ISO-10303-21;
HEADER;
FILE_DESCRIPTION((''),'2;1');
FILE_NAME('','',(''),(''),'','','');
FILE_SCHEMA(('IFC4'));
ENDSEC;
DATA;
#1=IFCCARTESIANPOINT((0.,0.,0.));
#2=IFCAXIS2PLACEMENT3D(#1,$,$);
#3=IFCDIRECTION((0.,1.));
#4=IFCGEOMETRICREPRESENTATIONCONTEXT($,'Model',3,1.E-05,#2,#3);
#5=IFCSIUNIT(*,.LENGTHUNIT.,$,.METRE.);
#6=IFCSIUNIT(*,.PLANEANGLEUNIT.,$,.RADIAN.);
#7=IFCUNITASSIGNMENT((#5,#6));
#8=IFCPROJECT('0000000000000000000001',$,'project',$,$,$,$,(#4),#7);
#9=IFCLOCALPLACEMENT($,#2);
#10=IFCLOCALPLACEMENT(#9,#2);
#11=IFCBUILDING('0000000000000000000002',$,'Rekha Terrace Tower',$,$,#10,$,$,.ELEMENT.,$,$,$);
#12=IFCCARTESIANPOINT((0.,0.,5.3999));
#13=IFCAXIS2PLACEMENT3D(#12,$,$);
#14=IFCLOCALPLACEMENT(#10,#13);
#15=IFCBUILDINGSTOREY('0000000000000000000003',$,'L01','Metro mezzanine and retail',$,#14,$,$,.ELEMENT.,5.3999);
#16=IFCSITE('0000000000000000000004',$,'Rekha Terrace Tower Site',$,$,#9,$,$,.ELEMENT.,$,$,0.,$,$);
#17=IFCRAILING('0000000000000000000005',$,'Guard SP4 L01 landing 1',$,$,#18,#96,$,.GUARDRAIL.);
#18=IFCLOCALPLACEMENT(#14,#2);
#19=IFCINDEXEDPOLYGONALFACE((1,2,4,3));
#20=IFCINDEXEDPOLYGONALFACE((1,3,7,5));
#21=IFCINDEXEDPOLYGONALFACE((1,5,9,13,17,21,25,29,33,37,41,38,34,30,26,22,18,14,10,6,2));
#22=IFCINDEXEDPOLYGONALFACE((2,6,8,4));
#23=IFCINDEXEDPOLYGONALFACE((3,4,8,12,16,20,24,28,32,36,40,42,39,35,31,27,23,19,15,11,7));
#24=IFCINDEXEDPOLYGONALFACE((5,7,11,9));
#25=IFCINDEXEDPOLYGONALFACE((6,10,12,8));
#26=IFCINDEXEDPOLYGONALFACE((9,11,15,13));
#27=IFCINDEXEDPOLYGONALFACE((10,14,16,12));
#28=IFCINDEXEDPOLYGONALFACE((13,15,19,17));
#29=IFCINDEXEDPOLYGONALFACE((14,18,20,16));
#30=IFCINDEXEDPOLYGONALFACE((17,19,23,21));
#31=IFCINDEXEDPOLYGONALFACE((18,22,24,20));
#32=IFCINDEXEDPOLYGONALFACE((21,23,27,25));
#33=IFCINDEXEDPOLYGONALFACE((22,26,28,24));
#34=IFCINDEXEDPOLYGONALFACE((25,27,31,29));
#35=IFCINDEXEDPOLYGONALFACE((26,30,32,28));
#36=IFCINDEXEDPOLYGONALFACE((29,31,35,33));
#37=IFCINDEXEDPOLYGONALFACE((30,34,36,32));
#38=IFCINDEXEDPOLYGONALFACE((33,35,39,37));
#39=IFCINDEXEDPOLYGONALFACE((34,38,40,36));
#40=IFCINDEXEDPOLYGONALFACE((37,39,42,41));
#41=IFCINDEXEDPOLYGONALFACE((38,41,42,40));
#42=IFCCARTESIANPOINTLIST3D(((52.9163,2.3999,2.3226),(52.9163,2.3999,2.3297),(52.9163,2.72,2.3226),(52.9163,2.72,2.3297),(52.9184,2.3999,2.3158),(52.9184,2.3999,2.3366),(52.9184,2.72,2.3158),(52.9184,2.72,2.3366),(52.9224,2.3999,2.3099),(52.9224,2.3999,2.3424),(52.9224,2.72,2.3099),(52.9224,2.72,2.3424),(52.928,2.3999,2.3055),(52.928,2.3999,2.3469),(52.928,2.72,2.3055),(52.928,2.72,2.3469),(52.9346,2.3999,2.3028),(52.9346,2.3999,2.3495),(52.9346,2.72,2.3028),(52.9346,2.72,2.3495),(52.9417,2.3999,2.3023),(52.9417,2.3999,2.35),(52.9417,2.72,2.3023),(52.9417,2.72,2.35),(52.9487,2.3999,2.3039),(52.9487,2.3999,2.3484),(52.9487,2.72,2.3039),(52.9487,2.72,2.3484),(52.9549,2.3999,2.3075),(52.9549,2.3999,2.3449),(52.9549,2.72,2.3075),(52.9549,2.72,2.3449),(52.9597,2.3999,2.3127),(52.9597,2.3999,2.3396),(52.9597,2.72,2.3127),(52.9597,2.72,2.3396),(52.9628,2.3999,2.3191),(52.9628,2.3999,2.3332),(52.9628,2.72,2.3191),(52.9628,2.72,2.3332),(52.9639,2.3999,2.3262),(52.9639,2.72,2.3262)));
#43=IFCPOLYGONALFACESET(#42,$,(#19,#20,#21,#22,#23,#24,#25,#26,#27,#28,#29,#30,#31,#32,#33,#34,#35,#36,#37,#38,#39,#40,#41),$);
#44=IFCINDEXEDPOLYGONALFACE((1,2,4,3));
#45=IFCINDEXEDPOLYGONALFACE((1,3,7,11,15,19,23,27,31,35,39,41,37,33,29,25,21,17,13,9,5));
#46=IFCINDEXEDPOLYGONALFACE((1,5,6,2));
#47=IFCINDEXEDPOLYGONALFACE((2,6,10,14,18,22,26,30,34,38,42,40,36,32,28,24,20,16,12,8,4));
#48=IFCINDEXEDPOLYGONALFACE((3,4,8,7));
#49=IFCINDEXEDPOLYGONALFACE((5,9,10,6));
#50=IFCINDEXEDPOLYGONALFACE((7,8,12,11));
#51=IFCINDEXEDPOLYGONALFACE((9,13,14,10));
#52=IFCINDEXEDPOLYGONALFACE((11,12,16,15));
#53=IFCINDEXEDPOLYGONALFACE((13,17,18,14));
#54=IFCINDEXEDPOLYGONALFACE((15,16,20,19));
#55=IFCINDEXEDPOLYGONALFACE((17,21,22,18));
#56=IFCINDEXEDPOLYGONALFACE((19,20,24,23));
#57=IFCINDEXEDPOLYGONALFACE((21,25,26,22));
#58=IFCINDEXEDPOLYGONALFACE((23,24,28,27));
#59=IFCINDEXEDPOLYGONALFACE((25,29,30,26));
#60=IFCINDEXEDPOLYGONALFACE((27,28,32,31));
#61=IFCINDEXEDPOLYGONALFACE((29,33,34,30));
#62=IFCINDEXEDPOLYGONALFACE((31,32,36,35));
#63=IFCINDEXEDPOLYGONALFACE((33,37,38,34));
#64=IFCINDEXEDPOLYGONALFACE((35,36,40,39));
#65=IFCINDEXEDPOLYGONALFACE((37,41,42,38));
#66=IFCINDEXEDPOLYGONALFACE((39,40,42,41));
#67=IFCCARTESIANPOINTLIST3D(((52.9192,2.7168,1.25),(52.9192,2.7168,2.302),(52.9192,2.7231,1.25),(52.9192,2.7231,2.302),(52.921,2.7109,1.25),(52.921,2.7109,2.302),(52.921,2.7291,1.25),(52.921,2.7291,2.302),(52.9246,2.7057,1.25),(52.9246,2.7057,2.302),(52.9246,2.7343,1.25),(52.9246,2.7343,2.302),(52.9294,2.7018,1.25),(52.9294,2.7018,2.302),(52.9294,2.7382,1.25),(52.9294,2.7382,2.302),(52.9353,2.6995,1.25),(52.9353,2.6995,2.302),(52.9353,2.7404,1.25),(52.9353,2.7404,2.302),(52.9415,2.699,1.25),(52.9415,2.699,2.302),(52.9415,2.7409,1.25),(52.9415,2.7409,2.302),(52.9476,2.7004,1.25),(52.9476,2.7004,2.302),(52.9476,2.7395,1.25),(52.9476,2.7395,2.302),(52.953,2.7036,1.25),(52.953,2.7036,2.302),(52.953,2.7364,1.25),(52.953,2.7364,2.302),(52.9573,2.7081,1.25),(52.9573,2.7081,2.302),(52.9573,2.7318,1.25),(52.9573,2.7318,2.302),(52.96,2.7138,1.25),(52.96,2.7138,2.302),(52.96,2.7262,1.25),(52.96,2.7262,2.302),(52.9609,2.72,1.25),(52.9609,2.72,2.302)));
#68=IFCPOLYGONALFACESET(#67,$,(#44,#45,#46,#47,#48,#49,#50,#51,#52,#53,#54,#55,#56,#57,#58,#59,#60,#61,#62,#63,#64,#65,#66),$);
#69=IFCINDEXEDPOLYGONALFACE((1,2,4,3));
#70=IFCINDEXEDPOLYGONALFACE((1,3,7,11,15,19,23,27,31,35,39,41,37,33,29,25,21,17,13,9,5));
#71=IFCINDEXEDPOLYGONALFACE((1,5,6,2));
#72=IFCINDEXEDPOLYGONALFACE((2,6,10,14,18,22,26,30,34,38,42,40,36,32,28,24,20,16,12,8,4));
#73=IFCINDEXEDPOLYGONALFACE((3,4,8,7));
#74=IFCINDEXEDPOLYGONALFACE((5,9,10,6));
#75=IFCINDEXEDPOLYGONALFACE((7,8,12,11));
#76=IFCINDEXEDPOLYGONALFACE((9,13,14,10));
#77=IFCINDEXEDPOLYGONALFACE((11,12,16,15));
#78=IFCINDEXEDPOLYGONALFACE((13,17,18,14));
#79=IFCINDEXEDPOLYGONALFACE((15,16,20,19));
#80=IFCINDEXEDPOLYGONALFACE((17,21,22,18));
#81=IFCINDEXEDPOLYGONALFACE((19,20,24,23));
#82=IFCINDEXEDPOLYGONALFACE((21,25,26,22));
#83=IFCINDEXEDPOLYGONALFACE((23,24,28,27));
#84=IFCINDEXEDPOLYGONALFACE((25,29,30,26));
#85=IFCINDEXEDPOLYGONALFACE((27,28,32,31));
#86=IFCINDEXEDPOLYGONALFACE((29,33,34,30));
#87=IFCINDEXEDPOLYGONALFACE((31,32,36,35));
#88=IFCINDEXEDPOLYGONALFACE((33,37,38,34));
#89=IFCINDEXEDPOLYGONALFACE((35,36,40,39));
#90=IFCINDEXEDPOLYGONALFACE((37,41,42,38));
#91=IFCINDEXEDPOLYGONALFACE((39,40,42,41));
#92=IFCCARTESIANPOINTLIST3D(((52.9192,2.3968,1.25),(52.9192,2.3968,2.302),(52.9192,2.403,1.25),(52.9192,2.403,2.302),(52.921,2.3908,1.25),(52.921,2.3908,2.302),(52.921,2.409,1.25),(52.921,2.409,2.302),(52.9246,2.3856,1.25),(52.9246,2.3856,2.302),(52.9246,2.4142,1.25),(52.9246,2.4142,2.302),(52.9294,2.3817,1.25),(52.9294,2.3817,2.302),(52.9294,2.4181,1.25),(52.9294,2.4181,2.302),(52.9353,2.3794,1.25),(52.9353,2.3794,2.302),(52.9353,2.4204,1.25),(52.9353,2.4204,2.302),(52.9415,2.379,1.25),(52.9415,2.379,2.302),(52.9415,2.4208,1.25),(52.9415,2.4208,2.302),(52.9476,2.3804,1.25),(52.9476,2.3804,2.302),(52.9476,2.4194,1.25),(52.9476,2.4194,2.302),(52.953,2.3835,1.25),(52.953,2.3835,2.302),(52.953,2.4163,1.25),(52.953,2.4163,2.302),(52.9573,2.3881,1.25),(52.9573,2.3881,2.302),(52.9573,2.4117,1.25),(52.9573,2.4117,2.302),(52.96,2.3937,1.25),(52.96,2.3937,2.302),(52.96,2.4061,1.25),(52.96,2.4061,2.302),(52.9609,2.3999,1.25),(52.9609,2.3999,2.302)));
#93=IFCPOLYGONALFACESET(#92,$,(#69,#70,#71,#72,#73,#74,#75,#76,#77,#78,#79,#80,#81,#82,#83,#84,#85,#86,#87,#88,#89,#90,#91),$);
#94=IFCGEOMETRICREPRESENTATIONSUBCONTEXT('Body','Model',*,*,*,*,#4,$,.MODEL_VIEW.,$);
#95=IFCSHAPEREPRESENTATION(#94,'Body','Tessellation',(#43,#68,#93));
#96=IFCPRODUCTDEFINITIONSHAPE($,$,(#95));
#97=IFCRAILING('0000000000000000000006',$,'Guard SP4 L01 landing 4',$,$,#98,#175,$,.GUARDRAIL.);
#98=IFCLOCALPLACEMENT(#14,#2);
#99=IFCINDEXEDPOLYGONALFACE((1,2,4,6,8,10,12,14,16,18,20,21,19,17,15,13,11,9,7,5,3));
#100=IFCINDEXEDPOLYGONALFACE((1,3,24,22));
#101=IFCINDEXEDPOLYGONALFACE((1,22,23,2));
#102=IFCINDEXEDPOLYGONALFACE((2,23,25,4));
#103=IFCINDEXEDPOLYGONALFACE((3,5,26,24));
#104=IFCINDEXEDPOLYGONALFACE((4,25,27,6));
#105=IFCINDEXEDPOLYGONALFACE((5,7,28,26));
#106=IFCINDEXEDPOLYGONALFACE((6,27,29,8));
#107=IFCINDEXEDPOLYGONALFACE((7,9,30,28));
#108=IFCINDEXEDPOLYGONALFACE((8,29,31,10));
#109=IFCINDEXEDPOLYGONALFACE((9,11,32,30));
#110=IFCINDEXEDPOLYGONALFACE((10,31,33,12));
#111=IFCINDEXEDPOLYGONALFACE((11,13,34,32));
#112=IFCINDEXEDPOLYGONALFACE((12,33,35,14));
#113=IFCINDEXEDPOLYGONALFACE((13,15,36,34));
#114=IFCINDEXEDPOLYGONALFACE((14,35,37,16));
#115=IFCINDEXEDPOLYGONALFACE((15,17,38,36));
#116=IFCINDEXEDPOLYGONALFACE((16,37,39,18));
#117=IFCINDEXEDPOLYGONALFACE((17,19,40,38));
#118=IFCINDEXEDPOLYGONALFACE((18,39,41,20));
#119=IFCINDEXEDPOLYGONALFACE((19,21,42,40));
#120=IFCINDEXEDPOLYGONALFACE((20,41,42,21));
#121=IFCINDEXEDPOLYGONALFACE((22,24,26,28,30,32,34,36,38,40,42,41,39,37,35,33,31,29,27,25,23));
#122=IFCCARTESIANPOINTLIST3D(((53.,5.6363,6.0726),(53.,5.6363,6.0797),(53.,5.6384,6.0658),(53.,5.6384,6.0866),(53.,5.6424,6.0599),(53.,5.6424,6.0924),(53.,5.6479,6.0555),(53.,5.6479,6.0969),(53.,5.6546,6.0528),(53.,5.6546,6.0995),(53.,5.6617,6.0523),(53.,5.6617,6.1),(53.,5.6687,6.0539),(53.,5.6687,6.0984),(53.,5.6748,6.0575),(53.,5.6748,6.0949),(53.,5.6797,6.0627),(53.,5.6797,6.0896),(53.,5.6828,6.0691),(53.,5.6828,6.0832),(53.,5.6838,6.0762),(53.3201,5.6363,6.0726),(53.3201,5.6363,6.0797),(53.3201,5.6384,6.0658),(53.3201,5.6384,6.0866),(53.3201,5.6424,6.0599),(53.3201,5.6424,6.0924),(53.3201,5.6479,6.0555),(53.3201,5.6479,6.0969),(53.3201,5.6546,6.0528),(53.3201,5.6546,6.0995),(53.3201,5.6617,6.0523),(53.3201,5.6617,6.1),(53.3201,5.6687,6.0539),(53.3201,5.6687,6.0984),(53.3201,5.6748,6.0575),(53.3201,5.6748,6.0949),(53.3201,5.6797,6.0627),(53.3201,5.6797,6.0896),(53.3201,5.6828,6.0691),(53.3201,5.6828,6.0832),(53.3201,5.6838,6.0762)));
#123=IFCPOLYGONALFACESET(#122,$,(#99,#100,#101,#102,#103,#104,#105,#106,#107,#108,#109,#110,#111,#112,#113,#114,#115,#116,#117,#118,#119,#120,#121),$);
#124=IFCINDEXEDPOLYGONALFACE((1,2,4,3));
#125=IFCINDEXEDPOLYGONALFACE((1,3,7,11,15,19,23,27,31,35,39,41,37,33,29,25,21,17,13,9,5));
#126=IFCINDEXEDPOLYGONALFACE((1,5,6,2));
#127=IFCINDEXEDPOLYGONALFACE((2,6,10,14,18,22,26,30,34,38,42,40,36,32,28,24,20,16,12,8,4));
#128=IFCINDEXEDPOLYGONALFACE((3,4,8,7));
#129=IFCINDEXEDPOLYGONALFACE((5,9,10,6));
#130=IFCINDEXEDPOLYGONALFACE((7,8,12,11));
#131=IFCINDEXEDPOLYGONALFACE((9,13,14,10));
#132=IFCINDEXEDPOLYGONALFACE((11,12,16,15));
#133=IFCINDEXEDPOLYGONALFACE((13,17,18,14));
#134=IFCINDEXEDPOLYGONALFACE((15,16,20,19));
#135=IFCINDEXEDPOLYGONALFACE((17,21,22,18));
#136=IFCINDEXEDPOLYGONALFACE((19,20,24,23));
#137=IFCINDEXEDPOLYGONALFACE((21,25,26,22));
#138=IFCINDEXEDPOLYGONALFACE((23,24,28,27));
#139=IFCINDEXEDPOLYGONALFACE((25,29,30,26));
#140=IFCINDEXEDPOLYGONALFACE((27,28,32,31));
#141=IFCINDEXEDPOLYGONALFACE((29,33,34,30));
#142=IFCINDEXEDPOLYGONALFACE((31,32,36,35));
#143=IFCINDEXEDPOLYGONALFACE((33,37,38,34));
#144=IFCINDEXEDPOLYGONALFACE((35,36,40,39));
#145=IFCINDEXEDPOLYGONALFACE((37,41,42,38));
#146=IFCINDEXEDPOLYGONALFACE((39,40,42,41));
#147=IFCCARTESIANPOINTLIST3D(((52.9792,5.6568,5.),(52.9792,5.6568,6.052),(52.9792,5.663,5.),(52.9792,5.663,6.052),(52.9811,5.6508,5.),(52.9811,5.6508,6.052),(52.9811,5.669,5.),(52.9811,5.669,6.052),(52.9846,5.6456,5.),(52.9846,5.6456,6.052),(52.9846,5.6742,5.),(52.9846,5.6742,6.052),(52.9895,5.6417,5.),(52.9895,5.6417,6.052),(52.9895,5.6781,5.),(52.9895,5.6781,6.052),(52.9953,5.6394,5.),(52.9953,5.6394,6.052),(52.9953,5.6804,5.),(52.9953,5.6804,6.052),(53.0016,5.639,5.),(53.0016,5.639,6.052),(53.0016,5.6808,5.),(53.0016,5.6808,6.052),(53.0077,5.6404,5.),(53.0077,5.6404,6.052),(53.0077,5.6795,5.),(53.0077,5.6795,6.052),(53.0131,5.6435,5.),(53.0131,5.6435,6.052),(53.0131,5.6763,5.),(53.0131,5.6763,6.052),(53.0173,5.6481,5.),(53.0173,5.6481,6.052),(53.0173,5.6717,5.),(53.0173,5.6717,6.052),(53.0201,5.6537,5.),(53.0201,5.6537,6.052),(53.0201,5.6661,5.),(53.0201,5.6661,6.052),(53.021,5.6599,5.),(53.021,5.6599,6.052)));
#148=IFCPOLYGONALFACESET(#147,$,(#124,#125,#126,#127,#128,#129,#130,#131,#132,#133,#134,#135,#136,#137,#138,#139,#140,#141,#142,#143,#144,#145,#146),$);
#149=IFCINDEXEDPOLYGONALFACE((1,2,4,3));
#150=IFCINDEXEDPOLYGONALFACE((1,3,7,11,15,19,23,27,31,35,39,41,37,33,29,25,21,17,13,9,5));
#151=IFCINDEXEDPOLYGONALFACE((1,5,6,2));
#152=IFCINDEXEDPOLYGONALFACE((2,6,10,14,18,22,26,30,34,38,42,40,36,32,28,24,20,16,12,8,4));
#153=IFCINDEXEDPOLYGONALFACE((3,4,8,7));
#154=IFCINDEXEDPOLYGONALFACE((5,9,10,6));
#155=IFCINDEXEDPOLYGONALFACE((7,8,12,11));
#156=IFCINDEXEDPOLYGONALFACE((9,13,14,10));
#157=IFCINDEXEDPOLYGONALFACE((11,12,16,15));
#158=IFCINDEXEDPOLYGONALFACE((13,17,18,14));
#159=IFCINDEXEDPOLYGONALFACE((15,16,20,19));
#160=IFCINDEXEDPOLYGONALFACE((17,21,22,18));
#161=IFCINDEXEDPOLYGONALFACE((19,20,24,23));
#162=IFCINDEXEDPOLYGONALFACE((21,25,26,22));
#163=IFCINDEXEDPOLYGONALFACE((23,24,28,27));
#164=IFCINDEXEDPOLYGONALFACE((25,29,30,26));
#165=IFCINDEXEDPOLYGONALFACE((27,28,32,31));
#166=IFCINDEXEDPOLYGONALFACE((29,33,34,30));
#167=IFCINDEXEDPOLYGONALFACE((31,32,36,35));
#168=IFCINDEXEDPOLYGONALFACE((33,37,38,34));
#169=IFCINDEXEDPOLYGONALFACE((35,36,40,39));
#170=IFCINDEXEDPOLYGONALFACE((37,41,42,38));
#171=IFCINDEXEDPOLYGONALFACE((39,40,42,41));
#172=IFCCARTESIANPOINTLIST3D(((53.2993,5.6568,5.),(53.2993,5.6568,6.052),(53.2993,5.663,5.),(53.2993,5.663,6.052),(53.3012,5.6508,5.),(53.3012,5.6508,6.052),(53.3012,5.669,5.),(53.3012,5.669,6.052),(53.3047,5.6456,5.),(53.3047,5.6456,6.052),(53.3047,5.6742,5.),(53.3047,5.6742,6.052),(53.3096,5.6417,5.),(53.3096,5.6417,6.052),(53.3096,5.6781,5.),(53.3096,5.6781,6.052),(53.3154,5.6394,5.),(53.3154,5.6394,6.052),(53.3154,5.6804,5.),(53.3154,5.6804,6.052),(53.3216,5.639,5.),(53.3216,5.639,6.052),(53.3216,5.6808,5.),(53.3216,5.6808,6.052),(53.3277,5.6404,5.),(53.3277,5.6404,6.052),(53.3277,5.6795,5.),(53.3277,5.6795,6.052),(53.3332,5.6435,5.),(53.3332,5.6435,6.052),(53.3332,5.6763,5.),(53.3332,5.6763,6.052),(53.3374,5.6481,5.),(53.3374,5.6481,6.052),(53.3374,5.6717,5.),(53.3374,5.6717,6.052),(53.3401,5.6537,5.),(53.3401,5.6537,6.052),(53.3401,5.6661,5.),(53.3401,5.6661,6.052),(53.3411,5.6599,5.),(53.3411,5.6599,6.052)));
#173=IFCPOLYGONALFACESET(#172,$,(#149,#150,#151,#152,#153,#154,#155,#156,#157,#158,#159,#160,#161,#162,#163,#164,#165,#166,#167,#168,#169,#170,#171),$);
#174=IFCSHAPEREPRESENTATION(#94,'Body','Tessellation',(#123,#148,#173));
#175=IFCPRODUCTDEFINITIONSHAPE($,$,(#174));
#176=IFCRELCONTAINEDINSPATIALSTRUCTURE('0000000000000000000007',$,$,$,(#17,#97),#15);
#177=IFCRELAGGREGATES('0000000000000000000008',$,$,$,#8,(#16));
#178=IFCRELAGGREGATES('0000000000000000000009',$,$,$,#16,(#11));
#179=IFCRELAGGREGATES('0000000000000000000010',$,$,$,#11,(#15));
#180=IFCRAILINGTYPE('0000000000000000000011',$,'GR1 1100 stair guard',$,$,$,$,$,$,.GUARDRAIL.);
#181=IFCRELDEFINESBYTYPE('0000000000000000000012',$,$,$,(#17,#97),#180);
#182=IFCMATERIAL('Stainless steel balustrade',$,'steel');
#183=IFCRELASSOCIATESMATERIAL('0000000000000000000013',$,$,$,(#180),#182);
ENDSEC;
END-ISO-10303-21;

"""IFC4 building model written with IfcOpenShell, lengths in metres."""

from ifc_helpers import new_model, si_unit, direction, frame, origin, origin_2d, place, context, subcontext, project, spatial, circle, extrude, material, type_object, element, save


model = new_model("IFC4")

# Units and contexts
model_context = context("Model", 3, precision=1e-05, world=origin(), true_north=direction((0.0, 1.0)))
body_context = subcontext(model_context, "Body", "Model", "MODEL_VIEW")
ifc_project = project(units=[si_unit("LENGTHUNIT", "METRE"), si_unit("PLANEANGLEUNIT", "RADIAN")], contexts=[model_context])

# Site, building, storey
site_placement = place(None, origin())
site = spatial("IfcSite", under=ifc_project, at=site_placement, Name="Rekha Terrace Tower Site", CompositionType="ELEMENT", RefElevation=0.0)
building_placement = place(site_placement, origin())
building = spatial("IfcBuilding", under=site, at=building_placement, Name="Rekha Terrace Tower", CompositionType="ELEMENT")
storey_placement = place(building_placement, frame((0.0, 0.0, 5.3999)))
storey = spatial("IfcBuildingStorey", under=building, at=storey_placement, Name="L01", Description="Metro mezzanine and retail", CompositionType="ELEMENT", Elevation=5.3999)

# Railings
ifc_material_1 = material(Name="Stainless steel balustrade", Category="steel")
railing_type_1 = type_object("IfcRailingType", Name="GR1 1100 stair guard", PredefinedType="GUARDRAIL", material=ifc_material_1)
railing_1_placement = place(storey_placement, frame((52.9399, 2.72, 1.25)))
element("IfcRailing", 1, at=railing_1_placement, inside=storey, type_object=railing_type_1, Name="Guard SP4 L01 landing 1", PredefinedType="GUARDRAIL", context=body_context, shape_type="SweptSolid", body=[
    extrude(circle(Radius=0.0239, at=origin_2d()), frame((0.0, 0.0, 1.0762), z_axis=(0.0, -1.0, 0.0), x_axis=(1.0, 0.0, 0.0)), (0.0, 0.0, 1.0), 0.3201),
    extrude(circle(Radius=0.021, at=origin_2d()), origin(), (0.0, 0.0, 1.0), 1.052),
    extrude(circle(Radius=0.021, at=origin_2d()), frame((0.0, -0.3201, 0.0)), (0.0, 0.0, 1.0), 1.052),
])
railing_2_placement = place(storey_placement, frame((53.0, 5.6599, 5.0)))
element("IfcRailing", 2, at=railing_2_placement, inside=storey, type_object=railing_type_1, Name="Guard SP4 L01 landing 4", PredefinedType="GUARDRAIL", context=body_context, shape_type="SweptSolid", body=[
    extrude(circle(Radius=0.0239, at=origin_2d()), frame((0.0, 0.0, 1.0762), z_axis=(1.0, 0.0, 0.0), x_axis=(0.0, 1.0, 0.0)), (0.0, 0.0, 1.0), 0.3201),
    extrude(circle(Radius=0.021, at=origin_2d()), origin(), (0.0, 0.0, 1.0), 1.052),
    extrude(circle(Radius=0.021, at=origin_2d()), frame((0.3201, 0.0, 0.0)), (0.0, 0.0, 1.0), 1.052),
])

save(model, "model.ifc")
